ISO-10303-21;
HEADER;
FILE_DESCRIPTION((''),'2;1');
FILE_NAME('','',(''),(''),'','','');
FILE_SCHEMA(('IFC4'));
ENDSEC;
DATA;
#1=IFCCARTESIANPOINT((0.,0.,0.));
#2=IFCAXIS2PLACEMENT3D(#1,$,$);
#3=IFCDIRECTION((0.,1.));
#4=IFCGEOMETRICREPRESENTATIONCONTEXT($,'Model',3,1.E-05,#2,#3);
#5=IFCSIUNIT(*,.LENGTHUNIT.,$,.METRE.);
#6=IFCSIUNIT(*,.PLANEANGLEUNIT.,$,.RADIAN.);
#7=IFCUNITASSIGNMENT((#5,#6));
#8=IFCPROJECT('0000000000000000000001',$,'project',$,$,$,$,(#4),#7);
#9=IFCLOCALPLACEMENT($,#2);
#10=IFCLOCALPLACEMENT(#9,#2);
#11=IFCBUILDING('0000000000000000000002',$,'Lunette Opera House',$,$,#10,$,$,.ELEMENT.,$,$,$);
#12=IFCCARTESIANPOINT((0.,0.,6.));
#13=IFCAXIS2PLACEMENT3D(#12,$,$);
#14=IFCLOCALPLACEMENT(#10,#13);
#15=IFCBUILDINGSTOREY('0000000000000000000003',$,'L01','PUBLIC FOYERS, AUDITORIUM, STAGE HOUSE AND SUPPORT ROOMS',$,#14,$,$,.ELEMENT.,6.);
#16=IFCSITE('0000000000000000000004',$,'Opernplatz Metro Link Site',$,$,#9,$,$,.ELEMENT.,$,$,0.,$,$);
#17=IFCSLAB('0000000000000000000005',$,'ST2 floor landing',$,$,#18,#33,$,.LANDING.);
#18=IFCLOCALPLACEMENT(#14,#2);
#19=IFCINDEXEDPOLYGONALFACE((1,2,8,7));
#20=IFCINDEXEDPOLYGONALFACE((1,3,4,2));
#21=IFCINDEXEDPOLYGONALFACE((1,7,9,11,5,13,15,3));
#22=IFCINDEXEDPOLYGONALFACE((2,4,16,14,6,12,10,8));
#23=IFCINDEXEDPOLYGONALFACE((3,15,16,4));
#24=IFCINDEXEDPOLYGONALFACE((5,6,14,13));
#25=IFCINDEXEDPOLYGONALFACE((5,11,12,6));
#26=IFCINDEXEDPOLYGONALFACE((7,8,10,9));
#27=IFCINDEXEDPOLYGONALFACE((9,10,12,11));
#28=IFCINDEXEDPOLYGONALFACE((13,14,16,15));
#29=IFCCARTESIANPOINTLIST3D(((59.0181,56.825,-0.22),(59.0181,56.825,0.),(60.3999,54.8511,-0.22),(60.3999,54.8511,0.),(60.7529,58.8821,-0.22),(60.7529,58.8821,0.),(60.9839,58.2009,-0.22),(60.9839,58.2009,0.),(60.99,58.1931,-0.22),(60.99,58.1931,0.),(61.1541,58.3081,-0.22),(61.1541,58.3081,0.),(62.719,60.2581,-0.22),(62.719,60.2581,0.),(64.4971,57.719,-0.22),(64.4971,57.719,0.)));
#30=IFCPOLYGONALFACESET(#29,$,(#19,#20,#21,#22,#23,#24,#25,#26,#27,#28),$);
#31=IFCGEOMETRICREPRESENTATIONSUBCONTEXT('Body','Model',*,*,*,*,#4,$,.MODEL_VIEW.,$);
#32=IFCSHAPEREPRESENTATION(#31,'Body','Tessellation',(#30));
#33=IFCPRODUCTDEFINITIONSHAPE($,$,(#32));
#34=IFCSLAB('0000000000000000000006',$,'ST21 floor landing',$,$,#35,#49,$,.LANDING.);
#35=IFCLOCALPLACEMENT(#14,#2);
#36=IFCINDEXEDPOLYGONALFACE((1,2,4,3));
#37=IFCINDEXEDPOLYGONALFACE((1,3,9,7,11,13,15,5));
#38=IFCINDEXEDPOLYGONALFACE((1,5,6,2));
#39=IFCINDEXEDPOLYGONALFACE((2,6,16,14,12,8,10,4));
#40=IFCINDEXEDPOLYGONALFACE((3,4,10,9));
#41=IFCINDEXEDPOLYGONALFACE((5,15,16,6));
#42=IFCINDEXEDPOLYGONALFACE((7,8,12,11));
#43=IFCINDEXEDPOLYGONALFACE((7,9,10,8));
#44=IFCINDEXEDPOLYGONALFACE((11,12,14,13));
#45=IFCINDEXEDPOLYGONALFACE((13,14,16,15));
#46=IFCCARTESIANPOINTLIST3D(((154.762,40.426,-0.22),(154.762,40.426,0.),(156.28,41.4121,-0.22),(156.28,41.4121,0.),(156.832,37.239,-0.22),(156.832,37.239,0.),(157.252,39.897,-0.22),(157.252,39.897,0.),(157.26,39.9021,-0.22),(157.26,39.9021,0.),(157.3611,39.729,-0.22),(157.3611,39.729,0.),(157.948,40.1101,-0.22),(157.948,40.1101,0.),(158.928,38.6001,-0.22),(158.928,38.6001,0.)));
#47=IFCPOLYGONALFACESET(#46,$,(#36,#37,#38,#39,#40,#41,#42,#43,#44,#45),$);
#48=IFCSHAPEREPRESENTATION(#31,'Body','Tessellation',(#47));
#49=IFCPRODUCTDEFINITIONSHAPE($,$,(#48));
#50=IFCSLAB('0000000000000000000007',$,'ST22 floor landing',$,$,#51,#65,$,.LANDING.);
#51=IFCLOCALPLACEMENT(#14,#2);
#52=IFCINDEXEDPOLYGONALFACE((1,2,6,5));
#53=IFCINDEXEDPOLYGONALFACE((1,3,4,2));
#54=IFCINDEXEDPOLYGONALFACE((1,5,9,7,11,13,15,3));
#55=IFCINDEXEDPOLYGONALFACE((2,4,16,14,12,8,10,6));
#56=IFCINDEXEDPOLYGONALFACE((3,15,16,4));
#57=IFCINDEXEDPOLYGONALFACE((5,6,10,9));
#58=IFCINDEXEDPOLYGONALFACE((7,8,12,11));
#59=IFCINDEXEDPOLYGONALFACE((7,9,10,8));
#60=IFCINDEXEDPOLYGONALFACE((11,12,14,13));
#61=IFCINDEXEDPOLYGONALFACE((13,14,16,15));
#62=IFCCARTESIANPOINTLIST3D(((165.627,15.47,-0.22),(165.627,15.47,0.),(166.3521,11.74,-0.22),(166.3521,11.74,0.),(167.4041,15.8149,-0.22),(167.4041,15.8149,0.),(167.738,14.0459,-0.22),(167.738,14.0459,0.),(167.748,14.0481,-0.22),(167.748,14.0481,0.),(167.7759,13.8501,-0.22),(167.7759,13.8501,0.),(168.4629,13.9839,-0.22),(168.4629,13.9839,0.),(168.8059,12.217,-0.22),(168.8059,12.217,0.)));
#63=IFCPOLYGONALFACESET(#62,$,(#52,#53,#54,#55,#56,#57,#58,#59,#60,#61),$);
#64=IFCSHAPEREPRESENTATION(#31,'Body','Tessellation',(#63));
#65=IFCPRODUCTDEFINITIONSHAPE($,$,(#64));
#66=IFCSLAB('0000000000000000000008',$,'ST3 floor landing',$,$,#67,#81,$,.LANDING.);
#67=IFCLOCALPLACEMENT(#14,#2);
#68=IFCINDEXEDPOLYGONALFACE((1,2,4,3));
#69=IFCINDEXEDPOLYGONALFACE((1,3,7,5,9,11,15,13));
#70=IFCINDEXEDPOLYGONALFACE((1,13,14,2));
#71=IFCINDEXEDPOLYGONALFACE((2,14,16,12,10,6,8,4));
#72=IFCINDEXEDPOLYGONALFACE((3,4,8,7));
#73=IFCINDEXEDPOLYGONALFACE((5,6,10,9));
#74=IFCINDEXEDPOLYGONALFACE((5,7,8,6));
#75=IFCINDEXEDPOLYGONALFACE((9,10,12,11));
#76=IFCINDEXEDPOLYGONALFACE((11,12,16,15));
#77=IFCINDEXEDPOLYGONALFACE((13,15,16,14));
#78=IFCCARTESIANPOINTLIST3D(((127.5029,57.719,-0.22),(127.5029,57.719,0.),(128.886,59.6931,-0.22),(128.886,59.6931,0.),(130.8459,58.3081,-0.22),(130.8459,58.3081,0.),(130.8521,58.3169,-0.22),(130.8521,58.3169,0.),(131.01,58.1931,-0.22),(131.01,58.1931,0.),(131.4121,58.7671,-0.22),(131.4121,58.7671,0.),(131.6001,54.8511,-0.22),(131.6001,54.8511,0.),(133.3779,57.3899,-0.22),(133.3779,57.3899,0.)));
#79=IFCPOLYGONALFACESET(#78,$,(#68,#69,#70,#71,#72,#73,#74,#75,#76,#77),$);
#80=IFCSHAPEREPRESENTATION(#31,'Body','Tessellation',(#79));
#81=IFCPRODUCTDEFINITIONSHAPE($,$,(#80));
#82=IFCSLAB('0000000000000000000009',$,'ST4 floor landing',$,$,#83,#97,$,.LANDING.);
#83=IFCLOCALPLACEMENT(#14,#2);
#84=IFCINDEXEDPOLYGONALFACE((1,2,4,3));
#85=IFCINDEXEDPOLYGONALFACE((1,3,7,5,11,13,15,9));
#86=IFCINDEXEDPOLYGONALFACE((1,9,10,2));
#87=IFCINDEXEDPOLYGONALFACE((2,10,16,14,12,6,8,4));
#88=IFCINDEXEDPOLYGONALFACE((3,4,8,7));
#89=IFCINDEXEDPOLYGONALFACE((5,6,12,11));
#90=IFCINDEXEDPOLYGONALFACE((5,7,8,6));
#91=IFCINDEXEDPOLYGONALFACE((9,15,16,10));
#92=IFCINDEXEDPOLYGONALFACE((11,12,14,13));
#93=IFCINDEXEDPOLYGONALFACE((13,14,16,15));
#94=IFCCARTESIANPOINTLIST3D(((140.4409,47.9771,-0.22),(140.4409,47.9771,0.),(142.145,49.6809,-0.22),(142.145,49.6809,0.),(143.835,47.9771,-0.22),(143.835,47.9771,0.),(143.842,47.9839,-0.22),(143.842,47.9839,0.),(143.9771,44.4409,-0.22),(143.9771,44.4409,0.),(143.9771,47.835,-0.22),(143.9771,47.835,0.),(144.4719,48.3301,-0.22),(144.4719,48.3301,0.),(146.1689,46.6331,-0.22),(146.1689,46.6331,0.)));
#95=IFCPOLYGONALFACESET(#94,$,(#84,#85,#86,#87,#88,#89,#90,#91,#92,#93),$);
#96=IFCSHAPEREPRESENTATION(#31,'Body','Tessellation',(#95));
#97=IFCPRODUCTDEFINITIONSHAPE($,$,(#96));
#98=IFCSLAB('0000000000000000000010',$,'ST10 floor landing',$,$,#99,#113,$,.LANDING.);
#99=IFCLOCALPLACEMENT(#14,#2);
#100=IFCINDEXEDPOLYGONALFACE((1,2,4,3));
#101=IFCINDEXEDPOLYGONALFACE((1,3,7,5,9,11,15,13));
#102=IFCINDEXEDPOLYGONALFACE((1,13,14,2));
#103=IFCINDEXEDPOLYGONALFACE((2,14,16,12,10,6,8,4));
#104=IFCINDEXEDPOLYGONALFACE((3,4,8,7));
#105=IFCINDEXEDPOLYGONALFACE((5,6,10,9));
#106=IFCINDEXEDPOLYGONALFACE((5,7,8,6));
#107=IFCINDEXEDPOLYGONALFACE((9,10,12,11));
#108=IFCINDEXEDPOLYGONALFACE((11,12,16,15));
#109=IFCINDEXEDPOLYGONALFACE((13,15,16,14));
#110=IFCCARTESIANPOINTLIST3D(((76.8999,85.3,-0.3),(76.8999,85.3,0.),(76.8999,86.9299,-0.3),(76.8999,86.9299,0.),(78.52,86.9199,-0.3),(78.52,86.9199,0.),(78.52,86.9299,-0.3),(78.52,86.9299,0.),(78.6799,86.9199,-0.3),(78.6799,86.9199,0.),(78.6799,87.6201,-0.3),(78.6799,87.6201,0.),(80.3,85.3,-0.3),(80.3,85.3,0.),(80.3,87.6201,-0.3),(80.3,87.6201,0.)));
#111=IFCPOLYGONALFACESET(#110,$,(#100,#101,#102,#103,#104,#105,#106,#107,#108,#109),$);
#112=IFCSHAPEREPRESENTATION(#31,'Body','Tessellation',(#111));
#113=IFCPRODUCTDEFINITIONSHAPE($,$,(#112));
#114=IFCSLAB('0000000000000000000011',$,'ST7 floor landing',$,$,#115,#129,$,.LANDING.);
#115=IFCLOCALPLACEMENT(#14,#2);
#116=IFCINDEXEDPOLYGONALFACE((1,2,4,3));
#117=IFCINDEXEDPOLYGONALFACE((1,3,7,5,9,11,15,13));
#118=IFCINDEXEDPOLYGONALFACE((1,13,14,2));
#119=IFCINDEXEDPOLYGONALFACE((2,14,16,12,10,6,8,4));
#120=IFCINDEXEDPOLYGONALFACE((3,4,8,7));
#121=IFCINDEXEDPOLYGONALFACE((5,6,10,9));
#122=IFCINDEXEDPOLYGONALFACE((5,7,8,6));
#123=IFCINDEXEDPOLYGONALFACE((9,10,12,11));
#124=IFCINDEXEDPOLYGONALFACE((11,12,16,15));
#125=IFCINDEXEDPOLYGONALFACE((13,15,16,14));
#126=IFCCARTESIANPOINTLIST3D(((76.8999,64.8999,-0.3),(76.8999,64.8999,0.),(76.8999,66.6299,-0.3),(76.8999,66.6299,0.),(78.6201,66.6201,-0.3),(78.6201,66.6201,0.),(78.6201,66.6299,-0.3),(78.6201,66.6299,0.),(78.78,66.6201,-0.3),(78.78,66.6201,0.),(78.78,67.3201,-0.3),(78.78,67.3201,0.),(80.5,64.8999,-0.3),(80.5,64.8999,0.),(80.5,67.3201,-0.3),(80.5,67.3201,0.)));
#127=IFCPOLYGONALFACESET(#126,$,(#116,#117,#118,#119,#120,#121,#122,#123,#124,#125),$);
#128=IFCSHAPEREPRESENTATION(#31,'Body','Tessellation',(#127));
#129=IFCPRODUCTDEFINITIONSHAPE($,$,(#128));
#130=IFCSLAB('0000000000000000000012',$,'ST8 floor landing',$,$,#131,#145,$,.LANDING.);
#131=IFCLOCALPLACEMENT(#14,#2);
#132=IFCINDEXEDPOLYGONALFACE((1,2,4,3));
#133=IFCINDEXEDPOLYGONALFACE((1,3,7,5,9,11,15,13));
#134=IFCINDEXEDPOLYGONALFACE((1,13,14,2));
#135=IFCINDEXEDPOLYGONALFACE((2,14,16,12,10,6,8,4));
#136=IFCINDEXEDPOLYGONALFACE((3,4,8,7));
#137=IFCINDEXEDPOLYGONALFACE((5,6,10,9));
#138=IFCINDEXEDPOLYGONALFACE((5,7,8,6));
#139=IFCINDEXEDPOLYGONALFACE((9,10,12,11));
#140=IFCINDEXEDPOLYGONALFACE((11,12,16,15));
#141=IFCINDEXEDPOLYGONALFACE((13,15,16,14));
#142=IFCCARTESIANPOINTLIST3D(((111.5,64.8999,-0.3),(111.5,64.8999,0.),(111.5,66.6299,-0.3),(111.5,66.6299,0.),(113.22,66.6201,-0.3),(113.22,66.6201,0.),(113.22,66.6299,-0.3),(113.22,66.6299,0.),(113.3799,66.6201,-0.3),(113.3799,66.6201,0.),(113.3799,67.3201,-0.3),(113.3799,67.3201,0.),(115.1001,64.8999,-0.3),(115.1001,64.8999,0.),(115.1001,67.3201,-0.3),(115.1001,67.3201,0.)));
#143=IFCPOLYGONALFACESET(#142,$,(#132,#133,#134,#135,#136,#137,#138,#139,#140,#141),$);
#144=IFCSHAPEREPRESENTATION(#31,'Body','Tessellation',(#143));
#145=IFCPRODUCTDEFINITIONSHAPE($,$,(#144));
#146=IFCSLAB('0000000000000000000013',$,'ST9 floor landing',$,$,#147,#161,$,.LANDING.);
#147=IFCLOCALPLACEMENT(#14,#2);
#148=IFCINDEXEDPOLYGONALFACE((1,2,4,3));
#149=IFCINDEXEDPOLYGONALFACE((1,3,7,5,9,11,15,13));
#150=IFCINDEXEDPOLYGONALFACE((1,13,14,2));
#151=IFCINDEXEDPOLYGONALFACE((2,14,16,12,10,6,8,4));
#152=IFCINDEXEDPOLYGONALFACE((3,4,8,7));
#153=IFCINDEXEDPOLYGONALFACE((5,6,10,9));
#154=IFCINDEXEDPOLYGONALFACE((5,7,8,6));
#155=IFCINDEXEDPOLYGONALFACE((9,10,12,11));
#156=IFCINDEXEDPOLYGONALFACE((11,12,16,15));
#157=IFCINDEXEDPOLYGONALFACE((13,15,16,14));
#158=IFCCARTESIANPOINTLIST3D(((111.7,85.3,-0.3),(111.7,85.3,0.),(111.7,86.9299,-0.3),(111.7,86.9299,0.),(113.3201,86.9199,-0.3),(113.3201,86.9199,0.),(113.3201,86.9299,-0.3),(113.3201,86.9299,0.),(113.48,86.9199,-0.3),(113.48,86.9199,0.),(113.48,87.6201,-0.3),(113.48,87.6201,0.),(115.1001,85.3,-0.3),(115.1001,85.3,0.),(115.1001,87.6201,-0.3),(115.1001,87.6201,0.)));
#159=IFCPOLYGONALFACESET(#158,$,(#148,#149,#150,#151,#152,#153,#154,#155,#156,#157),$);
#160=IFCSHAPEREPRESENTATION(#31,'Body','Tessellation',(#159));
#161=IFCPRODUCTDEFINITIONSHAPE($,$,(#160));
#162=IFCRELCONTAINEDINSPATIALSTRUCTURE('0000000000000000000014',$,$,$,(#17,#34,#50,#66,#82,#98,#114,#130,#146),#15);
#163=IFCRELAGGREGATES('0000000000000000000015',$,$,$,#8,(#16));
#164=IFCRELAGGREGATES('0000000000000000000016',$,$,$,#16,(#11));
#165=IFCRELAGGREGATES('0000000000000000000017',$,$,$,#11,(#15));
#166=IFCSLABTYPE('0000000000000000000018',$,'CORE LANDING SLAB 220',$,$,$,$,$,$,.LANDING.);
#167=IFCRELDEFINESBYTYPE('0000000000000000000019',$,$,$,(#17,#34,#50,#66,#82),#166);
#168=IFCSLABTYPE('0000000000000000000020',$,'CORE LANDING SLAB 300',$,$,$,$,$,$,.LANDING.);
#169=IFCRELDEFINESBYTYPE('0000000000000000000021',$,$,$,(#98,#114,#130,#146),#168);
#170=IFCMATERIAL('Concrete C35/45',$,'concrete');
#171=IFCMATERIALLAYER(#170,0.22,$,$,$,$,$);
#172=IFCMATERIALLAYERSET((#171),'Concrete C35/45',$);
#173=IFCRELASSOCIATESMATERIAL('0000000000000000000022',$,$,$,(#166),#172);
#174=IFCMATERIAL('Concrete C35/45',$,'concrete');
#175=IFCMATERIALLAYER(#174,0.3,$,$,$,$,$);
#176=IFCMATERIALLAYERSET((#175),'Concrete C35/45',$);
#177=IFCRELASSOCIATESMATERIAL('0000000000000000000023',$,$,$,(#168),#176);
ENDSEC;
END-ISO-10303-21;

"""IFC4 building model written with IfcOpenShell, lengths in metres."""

from ifc_helpers import new_model, si_unit, direction, frame, origin, place, context, subcontext, project, spatial, polyline, outline, extrude, material, layer, layer_set, type_object, element, save


model = new_model("IFC4")

# Units and contexts
model_context = context("Model", 3, precision=1e-05, world=origin(), true_north=direction((0.0, 1.0)))
body_context = subcontext(model_context, "Body", "Model", "MODEL_VIEW")
ifc_project = project(units=[si_unit("LENGTHUNIT", "METRE"), si_unit("PLANEANGLEUNIT", "RADIAN")], contexts=[model_context])

# Site, building, storey
site_placement = place(None, origin())
site = spatial("IfcSite", under=ifc_project, at=site_placement, Name="Opernplatz Metro Link Site", CompositionType="ELEMENT", RefElevation=0.0)
building_placement = place(site_placement, origin())
building = spatial("IfcBuilding", under=site, at=building_placement, Name="Lunette Opera House", CompositionType="ELEMENT")
storey_placement = place(building_placement, frame((0.0, 0.0, 6.0)))
storey = spatial("IfcBuildingStorey", under=building, at=storey_placement, Name="L01", Description="PUBLIC FOYERS, AUDITORIUM, STAGE HOUSE AND SUPPORT ROOMS", CompositionType="ELEMENT", Elevation=6.0)

# Slabs
ifc_material_1 = material(Name="Concrete C35/45", Category="concrete")
ifc_layer_1 = layer(ifc_material_1, 0.22)
ifc_layer_set_1 = layer_set([ifc_layer_1], Name="Concrete C35/45")
slab_type_1 = type_object("IfcSlabType", Name="CORE LANDING SLAB 220", PredefinedType="LANDING", material=ifc_layer_set_1)
slab_1_placement = place(storey_placement, frame((0.0, 0.0, -0.22)))
element("IfcSlab", 1, at=slab_1_placement, inside=storey, type_object=slab_type_1, Name="ST2 floor landing", PredefinedType="LANDING", context=body_context, shape_type="SweptSolid", body=[
    extrude(outline(polyline([(60.3999, 54.8511), (59.0181, 56.825), (60.9839, 58.2009), (60.99, 58.1931), (61.1541, 58.3081), (60.7529, 58.8821), (62.719, 60.2581), (64.4971, 57.719), (60.3999, 54.8511)])), origin(), (0.0, 0.0, 1.0), 0.22),
])
slab_2_placement = place(storey_placement, frame((0.0, 0.0, -0.22)))
element("IfcSlab", 2, at=slab_2_placement, inside=storey, type_object=slab_type_1, Name="ST21 floor landing", PredefinedType="LANDING", context=body_context, shape_type="SweptSolid", body=[
    extrude(outline(polyline([(154.762, 40.426), (156.28, 41.4121), (157.26, 39.9021), (157.252, 39.897), (157.3611, 39.729), (157.948, 40.1101), (158.928, 38.6001), (156.832, 37.239), (154.762, 40.426)])), origin(), (0.0, 0.0, 1.0), 0.22),
])
slab_3_placement = place(storey_placement, frame((0.0, 0.0, -0.22)))
element("IfcSlab", 3, at=slab_3_placement, inside=storey, type_object=slab_type_1, Name="ST22 floor landing", PredefinedType="LANDING", context=body_context, shape_type="SweptSolid", body=[
    extrude(outline(polyline([(166.3521, 11.74), (165.627, 15.47), (167.4041, 15.8149), (167.748, 14.0481), (167.738, 14.0459), (167.7759, 13.8501), (168.4629, 13.9839), (168.8059, 12.217), (166.3521, 11.74)])), origin(), (0.0, 0.0, 1.0), 0.22),
])
slab_4_placement = place(storey_placement, frame((0.0, 0.0, -0.22)))
element("IfcSlab", 4, at=slab_4_placement, inside=storey, type_object=slab_type_1, Name="ST3 floor landing", PredefinedType="LANDING", context=body_context, shape_type="SweptSolid", body=[
    extrude(outline(polyline([(127.5029, 57.719), (128.886, 59.6931), (130.8521, 58.3169), (130.8459, 58.3081), (131.01, 58.1931), (131.4121, 58.7671), (133.3779, 57.3899), (131.6001, 54.8511), (127.5029, 57.719)])), origin(), (0.0, 0.0, 1.0), 0.22),
])
slab_5_placement = place(storey_placement, frame((0.0, 0.0, -0.22)))
element("IfcSlab", 5, at=slab_5_placement, inside=storey, type_object=slab_type_1, Name="ST4 floor landing", PredefinedType="LANDING", context=body_context, shape_type="SweptSolid", body=[
    extrude(outline(polyline([(140.4409, 47.9771), (142.145, 49.6809), (143.842, 47.9839), (143.835, 47.9771), (143.9771, 47.835), (144.4719, 48.3301), (146.1689, 46.6331), (143.9771, 44.4409), (140.4409, 47.9771)])), origin(), (0.0, 0.0, 1.0), 0.22),
])
ifc_material_2 = material(Name="Concrete C35/45", Category="concrete")
ifc_layer_2 = layer(ifc_material_2, 0.3)
ifc_layer_set_2 = layer_set([ifc_layer_2], Name="Concrete C35/45")
slab_type_2 = type_object("IfcSlabType", Name="CORE LANDING SLAB 300", PredefinedType="LANDING", material=ifc_layer_set_2)
slab_6_placement = place(storey_placement, frame((0.0, 0.0, -0.3)))
element("IfcSlab", 6, at=slab_6_placement, inside=storey, type_object=slab_type_2, Name="ST10 floor landing", PredefinedType="LANDING", context=body_context, shape_type="SweptSolid", body=[
    extrude(outline(polyline([(76.8999, 85.3), (76.8999, 86.9299), (78.52, 86.9299), (78.52, 86.9199), (78.6799, 86.9199), (78.6799, 87.6201), (80.3, 87.6201), (80.3, 85.3), (76.8999, 85.3)])), origin(), (0.0, 0.0, 1.0), 0.3),
])
slab_7_placement = place(storey_placement, frame((0.0, 0.0, -0.3)))
element("IfcSlab", 7, at=slab_7_placement, inside=storey, type_object=slab_type_2, Name="ST7 floor landing", PredefinedType="LANDING", context=body_context, shape_type="SweptSolid", body=[
    extrude(outline(polyline([(76.8999, 64.8999), (76.8999, 66.6299), (78.6201, 66.6299), (78.6201, 66.6201), (78.78, 66.6201), (78.78, 67.3201), (80.5, 67.3201), (80.5, 64.8999), (76.8999, 64.8999)])), origin(), (0.0, 0.0, 1.0), 0.3),
])
slab_8_placement = place(storey_placement, frame((0.0, 0.0, -0.3)))
element("IfcSlab", 8, at=slab_8_placement, inside=storey, type_object=slab_type_2, Name="ST8 floor landing", PredefinedType="LANDING", context=body_context, shape_type="SweptSolid", body=[
    extrude(outline(polyline([(111.5, 64.8999), (111.5, 66.6299), (113.22, 66.6299), (113.22, 66.6201), (113.3799, 66.6201), (113.3799, 67.3201), (115.1001, 67.3201), (115.1001, 64.8999), (111.5, 64.8999)])), origin(), (0.0, 0.0, 1.0), 0.3),
])
slab_9_placement = place(storey_placement, frame((0.0, 0.0, -0.3)))
element("IfcSlab", 9, at=slab_9_placement, inside=storey, type_object=slab_type_2, Name="ST9 floor landing", PredefinedType="LANDING", context=body_context, shape_type="SweptSolid", body=[
    extrude(outline(polyline([(111.7, 85.3), (111.7, 86.9299), (113.3201, 86.9299), (113.3201, 86.9199), (113.48, 86.9199), (113.48, 87.6201), (115.1001, 87.6201), (115.1001, 85.3), (111.7, 85.3)])), origin(), (0.0, 0.0, 1.0), 0.3),
])

save(model, "model.ifc")
